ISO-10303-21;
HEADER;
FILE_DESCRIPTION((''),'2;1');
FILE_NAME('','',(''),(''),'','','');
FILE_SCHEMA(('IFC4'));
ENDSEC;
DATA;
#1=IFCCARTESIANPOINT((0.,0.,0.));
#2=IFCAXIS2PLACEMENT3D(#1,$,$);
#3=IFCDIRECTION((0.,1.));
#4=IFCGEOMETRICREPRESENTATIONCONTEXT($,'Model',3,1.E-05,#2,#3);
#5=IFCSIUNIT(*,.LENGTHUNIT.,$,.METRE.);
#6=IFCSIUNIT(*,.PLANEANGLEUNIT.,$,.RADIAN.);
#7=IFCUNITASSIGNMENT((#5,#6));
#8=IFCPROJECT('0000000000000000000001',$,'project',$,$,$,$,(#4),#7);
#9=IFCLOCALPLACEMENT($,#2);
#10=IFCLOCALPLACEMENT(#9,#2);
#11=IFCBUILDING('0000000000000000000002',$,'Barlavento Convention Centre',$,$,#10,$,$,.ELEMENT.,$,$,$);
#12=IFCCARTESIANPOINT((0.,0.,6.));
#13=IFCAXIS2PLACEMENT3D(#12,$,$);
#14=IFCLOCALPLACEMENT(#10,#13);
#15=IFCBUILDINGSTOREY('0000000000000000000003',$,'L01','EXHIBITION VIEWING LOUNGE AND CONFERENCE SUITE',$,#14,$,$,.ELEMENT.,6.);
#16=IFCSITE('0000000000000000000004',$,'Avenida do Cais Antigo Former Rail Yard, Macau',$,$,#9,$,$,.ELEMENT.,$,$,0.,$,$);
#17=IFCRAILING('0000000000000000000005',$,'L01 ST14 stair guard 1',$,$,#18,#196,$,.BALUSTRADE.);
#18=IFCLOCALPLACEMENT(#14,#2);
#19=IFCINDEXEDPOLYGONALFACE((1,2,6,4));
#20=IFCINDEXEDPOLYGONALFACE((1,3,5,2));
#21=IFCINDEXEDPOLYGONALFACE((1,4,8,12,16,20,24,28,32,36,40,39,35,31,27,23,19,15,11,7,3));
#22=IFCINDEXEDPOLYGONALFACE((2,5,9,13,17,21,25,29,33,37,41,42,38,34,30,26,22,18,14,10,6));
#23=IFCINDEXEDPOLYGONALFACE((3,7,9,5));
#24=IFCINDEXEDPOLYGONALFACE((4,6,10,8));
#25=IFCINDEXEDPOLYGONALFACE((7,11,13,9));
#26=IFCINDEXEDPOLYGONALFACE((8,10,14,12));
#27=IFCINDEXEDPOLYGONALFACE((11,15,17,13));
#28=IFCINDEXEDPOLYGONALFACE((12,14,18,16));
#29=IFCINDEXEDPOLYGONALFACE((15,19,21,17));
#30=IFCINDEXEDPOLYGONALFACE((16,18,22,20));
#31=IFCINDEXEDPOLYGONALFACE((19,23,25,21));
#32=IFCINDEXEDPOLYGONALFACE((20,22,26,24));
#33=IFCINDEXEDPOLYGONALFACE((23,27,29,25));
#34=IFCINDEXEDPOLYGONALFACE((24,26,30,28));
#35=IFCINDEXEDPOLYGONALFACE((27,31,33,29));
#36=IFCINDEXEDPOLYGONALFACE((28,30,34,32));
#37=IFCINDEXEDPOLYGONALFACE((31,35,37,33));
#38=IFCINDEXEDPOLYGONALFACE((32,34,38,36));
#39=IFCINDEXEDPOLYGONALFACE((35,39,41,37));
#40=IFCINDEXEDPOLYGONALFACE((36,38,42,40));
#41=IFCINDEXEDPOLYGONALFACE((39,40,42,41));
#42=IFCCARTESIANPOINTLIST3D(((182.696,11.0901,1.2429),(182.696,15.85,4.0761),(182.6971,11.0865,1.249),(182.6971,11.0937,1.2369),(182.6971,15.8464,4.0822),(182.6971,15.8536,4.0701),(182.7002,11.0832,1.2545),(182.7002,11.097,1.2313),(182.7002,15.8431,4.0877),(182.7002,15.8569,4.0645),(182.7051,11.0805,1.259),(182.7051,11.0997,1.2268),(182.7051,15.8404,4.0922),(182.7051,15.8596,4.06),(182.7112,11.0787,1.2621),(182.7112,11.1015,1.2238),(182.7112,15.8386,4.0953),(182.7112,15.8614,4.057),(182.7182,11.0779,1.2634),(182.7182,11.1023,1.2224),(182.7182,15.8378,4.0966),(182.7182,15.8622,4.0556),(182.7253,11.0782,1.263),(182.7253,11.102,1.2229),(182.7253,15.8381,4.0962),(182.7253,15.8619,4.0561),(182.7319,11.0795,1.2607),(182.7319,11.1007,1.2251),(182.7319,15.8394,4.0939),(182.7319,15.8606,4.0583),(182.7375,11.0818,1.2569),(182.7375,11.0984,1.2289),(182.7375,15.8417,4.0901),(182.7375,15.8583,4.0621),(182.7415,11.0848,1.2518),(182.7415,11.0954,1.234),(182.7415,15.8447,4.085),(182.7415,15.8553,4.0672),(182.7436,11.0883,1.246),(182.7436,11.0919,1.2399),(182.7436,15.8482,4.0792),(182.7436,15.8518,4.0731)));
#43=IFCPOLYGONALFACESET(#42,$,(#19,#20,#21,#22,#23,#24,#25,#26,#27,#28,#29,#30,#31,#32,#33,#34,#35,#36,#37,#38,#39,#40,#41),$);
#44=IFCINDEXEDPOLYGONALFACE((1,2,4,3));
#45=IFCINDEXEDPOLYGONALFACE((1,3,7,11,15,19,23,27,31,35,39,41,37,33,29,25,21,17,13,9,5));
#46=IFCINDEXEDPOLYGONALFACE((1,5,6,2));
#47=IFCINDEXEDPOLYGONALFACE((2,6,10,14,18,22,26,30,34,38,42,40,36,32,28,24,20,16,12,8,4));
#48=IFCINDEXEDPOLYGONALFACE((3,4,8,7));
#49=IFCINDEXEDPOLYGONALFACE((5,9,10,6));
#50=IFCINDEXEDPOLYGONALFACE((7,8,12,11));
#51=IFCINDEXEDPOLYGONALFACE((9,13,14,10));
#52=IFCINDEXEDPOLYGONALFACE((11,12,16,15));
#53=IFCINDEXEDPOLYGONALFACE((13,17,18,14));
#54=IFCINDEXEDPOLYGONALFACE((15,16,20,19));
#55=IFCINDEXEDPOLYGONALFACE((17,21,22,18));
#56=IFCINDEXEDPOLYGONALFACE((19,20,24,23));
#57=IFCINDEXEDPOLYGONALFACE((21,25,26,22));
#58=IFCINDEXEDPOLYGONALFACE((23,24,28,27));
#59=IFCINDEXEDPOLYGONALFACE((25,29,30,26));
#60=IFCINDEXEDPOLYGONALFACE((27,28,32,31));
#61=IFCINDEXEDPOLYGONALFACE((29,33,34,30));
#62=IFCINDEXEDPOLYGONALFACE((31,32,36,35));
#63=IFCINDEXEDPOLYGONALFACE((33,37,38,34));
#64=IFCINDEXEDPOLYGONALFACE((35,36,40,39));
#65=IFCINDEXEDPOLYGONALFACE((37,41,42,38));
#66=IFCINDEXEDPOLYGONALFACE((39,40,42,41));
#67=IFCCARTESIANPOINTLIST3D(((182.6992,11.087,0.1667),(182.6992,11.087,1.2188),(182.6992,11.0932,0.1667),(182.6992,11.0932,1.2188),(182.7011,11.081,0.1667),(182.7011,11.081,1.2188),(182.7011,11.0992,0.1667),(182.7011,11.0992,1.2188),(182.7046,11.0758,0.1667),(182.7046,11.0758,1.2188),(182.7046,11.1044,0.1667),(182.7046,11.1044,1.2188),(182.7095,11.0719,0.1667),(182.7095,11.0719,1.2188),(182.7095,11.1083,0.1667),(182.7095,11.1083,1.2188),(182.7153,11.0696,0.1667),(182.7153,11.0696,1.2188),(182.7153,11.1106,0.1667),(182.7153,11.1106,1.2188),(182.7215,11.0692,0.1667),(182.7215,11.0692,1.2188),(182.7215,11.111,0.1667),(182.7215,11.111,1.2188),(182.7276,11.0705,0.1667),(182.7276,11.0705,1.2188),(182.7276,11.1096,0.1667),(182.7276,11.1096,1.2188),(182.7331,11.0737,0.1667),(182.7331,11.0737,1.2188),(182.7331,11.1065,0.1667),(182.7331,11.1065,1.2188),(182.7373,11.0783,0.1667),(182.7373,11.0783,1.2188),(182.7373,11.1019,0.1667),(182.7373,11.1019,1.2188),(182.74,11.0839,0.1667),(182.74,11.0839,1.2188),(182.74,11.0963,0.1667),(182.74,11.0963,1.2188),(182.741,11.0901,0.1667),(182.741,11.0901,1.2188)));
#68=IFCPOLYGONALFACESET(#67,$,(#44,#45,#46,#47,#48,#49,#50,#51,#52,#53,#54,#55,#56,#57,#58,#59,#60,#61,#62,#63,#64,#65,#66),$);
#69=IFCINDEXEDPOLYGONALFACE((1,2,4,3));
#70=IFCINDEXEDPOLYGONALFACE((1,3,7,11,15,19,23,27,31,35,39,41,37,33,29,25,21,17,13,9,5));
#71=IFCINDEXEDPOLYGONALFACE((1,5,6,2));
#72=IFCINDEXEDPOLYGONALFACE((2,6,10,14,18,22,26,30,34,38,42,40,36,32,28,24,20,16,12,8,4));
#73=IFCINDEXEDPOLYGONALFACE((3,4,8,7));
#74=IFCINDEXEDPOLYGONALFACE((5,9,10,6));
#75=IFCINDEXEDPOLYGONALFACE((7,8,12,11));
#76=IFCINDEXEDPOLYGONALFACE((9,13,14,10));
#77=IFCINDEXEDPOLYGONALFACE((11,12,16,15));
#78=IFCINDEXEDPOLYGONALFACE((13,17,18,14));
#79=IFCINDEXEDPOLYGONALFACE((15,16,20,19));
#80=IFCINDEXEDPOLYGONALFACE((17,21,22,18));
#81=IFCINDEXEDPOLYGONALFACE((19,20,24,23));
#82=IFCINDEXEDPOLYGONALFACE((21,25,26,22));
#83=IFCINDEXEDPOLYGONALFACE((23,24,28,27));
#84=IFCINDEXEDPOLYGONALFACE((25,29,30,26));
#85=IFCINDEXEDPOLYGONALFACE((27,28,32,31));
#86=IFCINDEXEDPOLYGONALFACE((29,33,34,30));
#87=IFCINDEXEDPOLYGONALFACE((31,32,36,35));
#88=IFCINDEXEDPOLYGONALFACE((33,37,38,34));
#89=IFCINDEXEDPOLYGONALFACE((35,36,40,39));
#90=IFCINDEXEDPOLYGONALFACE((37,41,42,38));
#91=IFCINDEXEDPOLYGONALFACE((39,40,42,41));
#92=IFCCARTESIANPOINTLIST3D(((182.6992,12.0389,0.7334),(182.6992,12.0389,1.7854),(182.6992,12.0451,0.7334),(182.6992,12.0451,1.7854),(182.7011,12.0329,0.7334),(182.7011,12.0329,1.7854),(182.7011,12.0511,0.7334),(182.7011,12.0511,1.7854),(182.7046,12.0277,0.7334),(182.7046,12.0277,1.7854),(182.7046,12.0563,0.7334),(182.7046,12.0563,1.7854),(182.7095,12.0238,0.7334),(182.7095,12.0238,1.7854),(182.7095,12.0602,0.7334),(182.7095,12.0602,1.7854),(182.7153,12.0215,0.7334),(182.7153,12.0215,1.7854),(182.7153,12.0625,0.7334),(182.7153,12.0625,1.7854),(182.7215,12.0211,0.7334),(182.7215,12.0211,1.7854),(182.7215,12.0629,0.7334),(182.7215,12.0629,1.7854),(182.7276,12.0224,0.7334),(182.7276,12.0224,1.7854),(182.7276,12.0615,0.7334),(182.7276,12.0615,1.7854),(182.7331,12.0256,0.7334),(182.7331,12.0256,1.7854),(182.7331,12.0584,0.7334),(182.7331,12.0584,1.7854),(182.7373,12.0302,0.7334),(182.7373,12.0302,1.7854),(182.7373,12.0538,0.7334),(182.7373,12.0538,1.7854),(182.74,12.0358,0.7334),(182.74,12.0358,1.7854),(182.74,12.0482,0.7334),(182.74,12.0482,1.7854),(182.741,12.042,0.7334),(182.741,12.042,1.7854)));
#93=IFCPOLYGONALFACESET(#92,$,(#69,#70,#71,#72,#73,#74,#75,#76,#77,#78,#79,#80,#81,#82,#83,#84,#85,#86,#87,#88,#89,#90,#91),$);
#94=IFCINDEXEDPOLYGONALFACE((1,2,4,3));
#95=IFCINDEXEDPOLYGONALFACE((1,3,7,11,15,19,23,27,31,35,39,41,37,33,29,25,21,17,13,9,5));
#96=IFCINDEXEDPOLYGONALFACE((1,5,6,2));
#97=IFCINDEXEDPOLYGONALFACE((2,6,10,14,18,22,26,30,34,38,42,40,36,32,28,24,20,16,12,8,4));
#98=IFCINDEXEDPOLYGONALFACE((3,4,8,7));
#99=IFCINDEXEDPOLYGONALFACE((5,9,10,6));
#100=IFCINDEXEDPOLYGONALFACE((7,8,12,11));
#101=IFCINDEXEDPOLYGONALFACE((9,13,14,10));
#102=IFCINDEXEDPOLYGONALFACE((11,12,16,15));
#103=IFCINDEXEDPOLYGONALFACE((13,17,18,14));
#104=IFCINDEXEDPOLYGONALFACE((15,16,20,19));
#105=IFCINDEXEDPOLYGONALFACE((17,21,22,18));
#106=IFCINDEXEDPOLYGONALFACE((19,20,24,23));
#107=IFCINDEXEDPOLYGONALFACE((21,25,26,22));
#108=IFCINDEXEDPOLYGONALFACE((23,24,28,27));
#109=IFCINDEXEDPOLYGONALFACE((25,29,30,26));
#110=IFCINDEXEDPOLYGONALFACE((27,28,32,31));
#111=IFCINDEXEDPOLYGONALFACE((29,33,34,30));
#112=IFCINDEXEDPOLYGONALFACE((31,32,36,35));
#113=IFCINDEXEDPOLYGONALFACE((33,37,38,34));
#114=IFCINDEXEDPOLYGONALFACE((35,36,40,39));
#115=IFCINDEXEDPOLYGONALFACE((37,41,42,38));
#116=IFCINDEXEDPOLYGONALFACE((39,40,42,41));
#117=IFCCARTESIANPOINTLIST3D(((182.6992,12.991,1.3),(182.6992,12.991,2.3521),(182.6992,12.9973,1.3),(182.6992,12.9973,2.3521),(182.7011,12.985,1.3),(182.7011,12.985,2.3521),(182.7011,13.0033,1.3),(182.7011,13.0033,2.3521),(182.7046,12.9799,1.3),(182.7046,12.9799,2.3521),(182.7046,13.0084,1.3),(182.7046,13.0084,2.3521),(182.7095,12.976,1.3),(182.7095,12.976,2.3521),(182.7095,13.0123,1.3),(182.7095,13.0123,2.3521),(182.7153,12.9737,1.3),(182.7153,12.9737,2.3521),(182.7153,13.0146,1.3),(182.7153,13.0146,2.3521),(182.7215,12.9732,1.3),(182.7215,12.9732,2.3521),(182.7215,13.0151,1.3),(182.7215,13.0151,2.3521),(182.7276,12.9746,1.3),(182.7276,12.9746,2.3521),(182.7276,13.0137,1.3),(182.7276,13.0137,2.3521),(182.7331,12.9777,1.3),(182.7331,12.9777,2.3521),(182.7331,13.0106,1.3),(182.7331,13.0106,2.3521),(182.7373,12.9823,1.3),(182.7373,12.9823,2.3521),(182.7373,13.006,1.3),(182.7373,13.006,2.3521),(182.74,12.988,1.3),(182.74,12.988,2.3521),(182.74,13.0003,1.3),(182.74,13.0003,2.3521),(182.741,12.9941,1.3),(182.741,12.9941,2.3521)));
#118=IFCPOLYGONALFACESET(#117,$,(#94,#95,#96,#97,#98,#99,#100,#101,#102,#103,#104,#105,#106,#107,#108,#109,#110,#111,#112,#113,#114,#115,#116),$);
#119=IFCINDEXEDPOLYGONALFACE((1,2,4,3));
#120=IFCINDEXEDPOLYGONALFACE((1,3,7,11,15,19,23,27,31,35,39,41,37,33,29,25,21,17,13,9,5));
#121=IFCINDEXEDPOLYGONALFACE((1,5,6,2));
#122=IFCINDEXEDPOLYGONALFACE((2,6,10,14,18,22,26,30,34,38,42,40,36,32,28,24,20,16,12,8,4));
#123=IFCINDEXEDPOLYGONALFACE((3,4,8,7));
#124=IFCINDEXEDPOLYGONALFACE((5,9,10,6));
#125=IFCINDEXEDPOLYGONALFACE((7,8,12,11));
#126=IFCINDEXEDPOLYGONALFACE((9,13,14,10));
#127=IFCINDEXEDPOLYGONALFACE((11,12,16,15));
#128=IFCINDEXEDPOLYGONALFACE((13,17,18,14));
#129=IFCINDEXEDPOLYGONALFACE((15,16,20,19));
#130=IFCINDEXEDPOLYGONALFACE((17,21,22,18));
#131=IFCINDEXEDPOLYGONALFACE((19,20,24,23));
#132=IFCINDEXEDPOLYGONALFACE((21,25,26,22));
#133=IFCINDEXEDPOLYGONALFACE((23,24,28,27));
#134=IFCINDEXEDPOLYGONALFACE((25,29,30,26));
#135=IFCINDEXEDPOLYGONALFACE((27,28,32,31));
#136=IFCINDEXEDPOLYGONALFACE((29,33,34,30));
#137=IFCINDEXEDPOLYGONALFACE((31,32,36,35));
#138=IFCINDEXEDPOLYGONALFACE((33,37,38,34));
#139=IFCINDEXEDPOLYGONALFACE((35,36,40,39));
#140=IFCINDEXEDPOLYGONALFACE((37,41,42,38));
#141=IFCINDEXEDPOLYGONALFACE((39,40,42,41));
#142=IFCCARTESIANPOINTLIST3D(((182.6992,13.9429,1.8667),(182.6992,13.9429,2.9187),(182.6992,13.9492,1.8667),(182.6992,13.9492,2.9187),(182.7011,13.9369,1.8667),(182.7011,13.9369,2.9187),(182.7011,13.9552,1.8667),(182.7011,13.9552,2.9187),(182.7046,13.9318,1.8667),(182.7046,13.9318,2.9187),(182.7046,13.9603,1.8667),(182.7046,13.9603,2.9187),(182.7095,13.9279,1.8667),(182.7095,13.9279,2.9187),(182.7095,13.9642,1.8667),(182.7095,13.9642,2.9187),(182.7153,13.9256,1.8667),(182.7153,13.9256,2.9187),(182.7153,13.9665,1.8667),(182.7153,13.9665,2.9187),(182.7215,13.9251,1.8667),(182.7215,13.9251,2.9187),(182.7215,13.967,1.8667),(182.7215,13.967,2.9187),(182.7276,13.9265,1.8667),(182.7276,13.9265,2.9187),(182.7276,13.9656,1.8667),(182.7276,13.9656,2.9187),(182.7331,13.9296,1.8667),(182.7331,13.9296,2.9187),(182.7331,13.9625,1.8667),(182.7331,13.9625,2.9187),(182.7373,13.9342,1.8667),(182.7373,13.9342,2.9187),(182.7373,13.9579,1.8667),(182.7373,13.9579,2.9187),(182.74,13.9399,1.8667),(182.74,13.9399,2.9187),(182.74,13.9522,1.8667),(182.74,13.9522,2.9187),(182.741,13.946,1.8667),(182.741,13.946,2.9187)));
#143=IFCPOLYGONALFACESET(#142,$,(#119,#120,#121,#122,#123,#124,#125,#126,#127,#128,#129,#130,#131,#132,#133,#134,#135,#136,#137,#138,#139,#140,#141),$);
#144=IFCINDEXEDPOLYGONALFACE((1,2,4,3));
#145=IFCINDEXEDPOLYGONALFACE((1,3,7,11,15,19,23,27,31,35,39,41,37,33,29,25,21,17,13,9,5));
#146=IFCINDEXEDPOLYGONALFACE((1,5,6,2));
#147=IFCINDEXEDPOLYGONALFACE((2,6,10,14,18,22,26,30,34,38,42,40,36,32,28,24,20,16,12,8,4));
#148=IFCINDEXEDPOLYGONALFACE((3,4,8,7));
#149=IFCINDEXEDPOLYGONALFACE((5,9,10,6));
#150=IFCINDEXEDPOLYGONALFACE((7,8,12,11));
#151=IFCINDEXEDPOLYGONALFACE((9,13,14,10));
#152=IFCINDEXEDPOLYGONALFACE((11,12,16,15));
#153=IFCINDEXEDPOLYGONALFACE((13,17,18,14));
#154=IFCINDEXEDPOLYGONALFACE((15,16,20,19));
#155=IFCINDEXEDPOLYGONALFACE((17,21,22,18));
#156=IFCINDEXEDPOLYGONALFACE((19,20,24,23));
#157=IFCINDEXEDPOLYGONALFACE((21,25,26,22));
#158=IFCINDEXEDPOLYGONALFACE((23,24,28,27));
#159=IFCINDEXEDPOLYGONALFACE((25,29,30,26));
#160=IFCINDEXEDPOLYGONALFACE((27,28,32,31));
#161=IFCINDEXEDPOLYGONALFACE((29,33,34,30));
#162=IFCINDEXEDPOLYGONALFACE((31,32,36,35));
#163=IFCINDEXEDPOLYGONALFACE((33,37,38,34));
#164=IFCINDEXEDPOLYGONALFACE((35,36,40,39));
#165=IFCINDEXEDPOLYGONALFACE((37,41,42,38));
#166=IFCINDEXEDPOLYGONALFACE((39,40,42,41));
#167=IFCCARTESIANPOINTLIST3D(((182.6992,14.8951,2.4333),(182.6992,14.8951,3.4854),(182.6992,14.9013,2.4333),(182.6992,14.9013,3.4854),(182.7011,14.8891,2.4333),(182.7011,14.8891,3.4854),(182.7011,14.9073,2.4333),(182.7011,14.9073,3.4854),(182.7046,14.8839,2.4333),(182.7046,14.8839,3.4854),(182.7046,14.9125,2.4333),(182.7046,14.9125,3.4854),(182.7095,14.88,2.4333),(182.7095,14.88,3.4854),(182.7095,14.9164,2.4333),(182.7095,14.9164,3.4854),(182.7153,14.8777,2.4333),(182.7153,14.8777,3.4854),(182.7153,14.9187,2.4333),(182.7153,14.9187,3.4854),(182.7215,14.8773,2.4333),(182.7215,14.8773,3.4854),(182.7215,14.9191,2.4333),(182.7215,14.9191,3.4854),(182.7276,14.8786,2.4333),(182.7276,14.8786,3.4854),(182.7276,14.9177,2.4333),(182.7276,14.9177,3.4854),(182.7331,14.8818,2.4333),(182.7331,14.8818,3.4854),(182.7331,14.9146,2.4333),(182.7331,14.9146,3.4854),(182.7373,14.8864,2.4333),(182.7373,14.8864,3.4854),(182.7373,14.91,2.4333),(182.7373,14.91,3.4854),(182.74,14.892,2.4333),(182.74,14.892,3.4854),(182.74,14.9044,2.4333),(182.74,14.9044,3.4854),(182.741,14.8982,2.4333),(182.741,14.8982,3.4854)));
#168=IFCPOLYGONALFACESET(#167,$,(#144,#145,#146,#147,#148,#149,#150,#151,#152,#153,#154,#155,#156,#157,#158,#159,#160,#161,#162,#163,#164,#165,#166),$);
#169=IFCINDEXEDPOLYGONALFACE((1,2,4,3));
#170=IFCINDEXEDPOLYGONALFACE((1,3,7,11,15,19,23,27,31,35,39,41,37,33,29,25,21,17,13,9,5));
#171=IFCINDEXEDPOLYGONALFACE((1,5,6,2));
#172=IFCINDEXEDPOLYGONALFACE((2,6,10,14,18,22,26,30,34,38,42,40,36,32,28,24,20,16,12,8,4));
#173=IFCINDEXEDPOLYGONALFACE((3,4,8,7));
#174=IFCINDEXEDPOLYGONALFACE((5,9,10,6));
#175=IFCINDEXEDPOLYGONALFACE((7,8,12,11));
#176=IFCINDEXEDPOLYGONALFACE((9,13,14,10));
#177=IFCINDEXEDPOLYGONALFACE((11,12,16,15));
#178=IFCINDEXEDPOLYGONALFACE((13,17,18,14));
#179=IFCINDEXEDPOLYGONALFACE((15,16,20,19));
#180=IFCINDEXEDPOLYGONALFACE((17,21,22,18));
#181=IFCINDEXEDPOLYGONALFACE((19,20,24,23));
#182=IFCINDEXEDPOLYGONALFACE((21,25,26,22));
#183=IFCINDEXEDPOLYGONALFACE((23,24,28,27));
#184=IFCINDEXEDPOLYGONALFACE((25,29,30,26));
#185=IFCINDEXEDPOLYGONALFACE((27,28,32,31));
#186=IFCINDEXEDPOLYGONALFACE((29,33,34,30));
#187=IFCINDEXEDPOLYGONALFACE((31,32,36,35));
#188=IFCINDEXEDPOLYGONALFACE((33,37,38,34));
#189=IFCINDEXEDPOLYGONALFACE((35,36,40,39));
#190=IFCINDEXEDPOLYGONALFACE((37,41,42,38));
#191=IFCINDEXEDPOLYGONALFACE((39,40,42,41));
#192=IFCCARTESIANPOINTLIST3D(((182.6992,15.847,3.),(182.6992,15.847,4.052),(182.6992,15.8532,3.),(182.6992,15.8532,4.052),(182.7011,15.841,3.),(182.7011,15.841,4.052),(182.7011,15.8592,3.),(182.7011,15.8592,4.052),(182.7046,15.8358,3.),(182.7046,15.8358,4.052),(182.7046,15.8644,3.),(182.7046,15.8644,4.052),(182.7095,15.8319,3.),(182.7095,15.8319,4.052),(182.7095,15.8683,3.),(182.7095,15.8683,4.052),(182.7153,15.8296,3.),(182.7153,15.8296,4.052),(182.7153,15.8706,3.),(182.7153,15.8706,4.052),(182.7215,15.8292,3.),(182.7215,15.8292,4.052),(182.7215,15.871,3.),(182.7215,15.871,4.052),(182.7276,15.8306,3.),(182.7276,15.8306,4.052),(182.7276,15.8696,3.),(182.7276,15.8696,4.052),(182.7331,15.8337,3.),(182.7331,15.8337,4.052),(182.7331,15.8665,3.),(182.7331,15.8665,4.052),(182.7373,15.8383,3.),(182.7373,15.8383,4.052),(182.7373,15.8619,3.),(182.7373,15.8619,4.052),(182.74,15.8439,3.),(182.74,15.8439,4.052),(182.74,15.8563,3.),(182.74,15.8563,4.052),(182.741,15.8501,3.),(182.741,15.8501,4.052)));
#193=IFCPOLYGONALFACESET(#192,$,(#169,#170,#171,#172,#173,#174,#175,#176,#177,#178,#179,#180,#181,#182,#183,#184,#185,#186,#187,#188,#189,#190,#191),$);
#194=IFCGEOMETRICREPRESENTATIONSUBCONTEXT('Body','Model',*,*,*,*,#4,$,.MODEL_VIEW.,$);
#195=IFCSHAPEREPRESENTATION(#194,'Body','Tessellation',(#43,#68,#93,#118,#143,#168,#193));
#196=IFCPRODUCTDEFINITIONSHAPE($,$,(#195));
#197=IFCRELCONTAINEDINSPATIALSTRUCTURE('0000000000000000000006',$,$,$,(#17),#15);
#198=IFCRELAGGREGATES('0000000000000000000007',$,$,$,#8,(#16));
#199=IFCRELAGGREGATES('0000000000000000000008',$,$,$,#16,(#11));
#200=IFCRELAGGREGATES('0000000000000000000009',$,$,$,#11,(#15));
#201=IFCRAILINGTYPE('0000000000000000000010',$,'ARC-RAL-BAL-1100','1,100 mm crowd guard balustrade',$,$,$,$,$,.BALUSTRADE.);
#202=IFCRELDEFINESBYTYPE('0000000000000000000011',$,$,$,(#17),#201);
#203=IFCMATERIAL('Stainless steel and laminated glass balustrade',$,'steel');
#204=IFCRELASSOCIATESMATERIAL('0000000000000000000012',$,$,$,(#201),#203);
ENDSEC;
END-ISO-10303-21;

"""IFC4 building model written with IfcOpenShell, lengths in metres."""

from ifc_helpers import new_model, si_unit, direction, frame, origin, origin_2d, place, context, subcontext, project, spatial, circle, extrude, material, type_object, element, save


model = new_model("IFC4")

# Units and contexts
model_context = context("Model", 3, precision=1e-05, world=origin(), true_north=direction((0.0, 1.0)))
body_context = subcontext(model_context, "Body", "Model", "MODEL_VIEW")
ifc_project = project(units=[si_unit("LENGTHUNIT", "METRE"), si_unit("PLANEANGLEUNIT", "RADIAN")], contexts=[model_context])

# Site, building, storey
site_placement = place(None, origin())
site = spatial("IfcSite", under=ifc_project, at=site_placement, Name="Avenida do Cais Antigo Former Rail Yard, Macau", CompositionType="ELEMENT", RefElevation=0.0)
building_placement = place(site_placement, origin())
building = spatial("IfcBuilding", under=site, at=building_placement, Name="Barlavento Convention Centre", CompositionType="ELEMENT")
storey_placement = place(building_placement, frame((0.0, 0.0, 6.0)))
storey = spatial("IfcBuildingStorey", under=building, at=storey_placement, Name="L01", Description="EXHIBITION VIEWING LOUNGE AND CONFERENCE SUITE", CompositionType="ELEMENT", Elevation=6.0)

# Railing
ifc_material_1 = material(Name="Stainless steel and laminated glass balustrade", Category="steel")
railing_type_1 = type_object("IfcRailingType", Name="ARC-RAL-BAL-1100", Description="1,100 mm crowd guard balustrade", PredefinedType="BALUSTRADE", material=ifc_material_1)
railing_1_placement = place(storey_placement, frame((182.72, 11.0901, 0.1667)))
element("IfcRailing", 1, at=railing_1_placement, inside=storey, type_object=railing_type_1, Name="L01 ST14 stair guard 1", PredefinedType="BALUSTRADE", context=body_context, shape_type="SweptSolid", body=[
    extrude(circle(Radius=0.0239, at=origin_2d()), frame((0.0, 0.0, 1.0762), z_axis=(0.0, 0.8593, 0.511472), x_axis=(-1.0, 0.0, 0.0)), (0.0, 0.0, 1.0), 5.5393),
    extrude(circle(Radius=0.021, at=origin_2d()), origin(), (0.0, 0.0, 1.0), 1.052),
    extrude(circle(Radius=0.021, at=origin_2d()), frame((0.0, 0.9519, 0.5667)), (0.0, 0.0, 1.0), 1.052),
    extrude(circle(Radius=0.021, at=origin_2d()), frame((0.0, 1.9041, 1.1333)), (0.0, 0.0, 1.0), 1.052),
    extrude(circle(Radius=0.021, at=origin_2d()), frame((0.0, 2.856, 1.7)), (0.0, 0.0, 1.0), 1.052),
    extrude(circle(Radius=0.021, at=origin_2d()), frame((0.0, 3.8081, 2.2666)), (0.0, 0.0, 1.0), 1.052),
    extrude(circle(Radius=0.021, at=origin_2d()), frame((0.0, 4.76, 2.8333)), (0.0, 0.0, 1.0), 1.052),
])

save(model, "model.ifc")
